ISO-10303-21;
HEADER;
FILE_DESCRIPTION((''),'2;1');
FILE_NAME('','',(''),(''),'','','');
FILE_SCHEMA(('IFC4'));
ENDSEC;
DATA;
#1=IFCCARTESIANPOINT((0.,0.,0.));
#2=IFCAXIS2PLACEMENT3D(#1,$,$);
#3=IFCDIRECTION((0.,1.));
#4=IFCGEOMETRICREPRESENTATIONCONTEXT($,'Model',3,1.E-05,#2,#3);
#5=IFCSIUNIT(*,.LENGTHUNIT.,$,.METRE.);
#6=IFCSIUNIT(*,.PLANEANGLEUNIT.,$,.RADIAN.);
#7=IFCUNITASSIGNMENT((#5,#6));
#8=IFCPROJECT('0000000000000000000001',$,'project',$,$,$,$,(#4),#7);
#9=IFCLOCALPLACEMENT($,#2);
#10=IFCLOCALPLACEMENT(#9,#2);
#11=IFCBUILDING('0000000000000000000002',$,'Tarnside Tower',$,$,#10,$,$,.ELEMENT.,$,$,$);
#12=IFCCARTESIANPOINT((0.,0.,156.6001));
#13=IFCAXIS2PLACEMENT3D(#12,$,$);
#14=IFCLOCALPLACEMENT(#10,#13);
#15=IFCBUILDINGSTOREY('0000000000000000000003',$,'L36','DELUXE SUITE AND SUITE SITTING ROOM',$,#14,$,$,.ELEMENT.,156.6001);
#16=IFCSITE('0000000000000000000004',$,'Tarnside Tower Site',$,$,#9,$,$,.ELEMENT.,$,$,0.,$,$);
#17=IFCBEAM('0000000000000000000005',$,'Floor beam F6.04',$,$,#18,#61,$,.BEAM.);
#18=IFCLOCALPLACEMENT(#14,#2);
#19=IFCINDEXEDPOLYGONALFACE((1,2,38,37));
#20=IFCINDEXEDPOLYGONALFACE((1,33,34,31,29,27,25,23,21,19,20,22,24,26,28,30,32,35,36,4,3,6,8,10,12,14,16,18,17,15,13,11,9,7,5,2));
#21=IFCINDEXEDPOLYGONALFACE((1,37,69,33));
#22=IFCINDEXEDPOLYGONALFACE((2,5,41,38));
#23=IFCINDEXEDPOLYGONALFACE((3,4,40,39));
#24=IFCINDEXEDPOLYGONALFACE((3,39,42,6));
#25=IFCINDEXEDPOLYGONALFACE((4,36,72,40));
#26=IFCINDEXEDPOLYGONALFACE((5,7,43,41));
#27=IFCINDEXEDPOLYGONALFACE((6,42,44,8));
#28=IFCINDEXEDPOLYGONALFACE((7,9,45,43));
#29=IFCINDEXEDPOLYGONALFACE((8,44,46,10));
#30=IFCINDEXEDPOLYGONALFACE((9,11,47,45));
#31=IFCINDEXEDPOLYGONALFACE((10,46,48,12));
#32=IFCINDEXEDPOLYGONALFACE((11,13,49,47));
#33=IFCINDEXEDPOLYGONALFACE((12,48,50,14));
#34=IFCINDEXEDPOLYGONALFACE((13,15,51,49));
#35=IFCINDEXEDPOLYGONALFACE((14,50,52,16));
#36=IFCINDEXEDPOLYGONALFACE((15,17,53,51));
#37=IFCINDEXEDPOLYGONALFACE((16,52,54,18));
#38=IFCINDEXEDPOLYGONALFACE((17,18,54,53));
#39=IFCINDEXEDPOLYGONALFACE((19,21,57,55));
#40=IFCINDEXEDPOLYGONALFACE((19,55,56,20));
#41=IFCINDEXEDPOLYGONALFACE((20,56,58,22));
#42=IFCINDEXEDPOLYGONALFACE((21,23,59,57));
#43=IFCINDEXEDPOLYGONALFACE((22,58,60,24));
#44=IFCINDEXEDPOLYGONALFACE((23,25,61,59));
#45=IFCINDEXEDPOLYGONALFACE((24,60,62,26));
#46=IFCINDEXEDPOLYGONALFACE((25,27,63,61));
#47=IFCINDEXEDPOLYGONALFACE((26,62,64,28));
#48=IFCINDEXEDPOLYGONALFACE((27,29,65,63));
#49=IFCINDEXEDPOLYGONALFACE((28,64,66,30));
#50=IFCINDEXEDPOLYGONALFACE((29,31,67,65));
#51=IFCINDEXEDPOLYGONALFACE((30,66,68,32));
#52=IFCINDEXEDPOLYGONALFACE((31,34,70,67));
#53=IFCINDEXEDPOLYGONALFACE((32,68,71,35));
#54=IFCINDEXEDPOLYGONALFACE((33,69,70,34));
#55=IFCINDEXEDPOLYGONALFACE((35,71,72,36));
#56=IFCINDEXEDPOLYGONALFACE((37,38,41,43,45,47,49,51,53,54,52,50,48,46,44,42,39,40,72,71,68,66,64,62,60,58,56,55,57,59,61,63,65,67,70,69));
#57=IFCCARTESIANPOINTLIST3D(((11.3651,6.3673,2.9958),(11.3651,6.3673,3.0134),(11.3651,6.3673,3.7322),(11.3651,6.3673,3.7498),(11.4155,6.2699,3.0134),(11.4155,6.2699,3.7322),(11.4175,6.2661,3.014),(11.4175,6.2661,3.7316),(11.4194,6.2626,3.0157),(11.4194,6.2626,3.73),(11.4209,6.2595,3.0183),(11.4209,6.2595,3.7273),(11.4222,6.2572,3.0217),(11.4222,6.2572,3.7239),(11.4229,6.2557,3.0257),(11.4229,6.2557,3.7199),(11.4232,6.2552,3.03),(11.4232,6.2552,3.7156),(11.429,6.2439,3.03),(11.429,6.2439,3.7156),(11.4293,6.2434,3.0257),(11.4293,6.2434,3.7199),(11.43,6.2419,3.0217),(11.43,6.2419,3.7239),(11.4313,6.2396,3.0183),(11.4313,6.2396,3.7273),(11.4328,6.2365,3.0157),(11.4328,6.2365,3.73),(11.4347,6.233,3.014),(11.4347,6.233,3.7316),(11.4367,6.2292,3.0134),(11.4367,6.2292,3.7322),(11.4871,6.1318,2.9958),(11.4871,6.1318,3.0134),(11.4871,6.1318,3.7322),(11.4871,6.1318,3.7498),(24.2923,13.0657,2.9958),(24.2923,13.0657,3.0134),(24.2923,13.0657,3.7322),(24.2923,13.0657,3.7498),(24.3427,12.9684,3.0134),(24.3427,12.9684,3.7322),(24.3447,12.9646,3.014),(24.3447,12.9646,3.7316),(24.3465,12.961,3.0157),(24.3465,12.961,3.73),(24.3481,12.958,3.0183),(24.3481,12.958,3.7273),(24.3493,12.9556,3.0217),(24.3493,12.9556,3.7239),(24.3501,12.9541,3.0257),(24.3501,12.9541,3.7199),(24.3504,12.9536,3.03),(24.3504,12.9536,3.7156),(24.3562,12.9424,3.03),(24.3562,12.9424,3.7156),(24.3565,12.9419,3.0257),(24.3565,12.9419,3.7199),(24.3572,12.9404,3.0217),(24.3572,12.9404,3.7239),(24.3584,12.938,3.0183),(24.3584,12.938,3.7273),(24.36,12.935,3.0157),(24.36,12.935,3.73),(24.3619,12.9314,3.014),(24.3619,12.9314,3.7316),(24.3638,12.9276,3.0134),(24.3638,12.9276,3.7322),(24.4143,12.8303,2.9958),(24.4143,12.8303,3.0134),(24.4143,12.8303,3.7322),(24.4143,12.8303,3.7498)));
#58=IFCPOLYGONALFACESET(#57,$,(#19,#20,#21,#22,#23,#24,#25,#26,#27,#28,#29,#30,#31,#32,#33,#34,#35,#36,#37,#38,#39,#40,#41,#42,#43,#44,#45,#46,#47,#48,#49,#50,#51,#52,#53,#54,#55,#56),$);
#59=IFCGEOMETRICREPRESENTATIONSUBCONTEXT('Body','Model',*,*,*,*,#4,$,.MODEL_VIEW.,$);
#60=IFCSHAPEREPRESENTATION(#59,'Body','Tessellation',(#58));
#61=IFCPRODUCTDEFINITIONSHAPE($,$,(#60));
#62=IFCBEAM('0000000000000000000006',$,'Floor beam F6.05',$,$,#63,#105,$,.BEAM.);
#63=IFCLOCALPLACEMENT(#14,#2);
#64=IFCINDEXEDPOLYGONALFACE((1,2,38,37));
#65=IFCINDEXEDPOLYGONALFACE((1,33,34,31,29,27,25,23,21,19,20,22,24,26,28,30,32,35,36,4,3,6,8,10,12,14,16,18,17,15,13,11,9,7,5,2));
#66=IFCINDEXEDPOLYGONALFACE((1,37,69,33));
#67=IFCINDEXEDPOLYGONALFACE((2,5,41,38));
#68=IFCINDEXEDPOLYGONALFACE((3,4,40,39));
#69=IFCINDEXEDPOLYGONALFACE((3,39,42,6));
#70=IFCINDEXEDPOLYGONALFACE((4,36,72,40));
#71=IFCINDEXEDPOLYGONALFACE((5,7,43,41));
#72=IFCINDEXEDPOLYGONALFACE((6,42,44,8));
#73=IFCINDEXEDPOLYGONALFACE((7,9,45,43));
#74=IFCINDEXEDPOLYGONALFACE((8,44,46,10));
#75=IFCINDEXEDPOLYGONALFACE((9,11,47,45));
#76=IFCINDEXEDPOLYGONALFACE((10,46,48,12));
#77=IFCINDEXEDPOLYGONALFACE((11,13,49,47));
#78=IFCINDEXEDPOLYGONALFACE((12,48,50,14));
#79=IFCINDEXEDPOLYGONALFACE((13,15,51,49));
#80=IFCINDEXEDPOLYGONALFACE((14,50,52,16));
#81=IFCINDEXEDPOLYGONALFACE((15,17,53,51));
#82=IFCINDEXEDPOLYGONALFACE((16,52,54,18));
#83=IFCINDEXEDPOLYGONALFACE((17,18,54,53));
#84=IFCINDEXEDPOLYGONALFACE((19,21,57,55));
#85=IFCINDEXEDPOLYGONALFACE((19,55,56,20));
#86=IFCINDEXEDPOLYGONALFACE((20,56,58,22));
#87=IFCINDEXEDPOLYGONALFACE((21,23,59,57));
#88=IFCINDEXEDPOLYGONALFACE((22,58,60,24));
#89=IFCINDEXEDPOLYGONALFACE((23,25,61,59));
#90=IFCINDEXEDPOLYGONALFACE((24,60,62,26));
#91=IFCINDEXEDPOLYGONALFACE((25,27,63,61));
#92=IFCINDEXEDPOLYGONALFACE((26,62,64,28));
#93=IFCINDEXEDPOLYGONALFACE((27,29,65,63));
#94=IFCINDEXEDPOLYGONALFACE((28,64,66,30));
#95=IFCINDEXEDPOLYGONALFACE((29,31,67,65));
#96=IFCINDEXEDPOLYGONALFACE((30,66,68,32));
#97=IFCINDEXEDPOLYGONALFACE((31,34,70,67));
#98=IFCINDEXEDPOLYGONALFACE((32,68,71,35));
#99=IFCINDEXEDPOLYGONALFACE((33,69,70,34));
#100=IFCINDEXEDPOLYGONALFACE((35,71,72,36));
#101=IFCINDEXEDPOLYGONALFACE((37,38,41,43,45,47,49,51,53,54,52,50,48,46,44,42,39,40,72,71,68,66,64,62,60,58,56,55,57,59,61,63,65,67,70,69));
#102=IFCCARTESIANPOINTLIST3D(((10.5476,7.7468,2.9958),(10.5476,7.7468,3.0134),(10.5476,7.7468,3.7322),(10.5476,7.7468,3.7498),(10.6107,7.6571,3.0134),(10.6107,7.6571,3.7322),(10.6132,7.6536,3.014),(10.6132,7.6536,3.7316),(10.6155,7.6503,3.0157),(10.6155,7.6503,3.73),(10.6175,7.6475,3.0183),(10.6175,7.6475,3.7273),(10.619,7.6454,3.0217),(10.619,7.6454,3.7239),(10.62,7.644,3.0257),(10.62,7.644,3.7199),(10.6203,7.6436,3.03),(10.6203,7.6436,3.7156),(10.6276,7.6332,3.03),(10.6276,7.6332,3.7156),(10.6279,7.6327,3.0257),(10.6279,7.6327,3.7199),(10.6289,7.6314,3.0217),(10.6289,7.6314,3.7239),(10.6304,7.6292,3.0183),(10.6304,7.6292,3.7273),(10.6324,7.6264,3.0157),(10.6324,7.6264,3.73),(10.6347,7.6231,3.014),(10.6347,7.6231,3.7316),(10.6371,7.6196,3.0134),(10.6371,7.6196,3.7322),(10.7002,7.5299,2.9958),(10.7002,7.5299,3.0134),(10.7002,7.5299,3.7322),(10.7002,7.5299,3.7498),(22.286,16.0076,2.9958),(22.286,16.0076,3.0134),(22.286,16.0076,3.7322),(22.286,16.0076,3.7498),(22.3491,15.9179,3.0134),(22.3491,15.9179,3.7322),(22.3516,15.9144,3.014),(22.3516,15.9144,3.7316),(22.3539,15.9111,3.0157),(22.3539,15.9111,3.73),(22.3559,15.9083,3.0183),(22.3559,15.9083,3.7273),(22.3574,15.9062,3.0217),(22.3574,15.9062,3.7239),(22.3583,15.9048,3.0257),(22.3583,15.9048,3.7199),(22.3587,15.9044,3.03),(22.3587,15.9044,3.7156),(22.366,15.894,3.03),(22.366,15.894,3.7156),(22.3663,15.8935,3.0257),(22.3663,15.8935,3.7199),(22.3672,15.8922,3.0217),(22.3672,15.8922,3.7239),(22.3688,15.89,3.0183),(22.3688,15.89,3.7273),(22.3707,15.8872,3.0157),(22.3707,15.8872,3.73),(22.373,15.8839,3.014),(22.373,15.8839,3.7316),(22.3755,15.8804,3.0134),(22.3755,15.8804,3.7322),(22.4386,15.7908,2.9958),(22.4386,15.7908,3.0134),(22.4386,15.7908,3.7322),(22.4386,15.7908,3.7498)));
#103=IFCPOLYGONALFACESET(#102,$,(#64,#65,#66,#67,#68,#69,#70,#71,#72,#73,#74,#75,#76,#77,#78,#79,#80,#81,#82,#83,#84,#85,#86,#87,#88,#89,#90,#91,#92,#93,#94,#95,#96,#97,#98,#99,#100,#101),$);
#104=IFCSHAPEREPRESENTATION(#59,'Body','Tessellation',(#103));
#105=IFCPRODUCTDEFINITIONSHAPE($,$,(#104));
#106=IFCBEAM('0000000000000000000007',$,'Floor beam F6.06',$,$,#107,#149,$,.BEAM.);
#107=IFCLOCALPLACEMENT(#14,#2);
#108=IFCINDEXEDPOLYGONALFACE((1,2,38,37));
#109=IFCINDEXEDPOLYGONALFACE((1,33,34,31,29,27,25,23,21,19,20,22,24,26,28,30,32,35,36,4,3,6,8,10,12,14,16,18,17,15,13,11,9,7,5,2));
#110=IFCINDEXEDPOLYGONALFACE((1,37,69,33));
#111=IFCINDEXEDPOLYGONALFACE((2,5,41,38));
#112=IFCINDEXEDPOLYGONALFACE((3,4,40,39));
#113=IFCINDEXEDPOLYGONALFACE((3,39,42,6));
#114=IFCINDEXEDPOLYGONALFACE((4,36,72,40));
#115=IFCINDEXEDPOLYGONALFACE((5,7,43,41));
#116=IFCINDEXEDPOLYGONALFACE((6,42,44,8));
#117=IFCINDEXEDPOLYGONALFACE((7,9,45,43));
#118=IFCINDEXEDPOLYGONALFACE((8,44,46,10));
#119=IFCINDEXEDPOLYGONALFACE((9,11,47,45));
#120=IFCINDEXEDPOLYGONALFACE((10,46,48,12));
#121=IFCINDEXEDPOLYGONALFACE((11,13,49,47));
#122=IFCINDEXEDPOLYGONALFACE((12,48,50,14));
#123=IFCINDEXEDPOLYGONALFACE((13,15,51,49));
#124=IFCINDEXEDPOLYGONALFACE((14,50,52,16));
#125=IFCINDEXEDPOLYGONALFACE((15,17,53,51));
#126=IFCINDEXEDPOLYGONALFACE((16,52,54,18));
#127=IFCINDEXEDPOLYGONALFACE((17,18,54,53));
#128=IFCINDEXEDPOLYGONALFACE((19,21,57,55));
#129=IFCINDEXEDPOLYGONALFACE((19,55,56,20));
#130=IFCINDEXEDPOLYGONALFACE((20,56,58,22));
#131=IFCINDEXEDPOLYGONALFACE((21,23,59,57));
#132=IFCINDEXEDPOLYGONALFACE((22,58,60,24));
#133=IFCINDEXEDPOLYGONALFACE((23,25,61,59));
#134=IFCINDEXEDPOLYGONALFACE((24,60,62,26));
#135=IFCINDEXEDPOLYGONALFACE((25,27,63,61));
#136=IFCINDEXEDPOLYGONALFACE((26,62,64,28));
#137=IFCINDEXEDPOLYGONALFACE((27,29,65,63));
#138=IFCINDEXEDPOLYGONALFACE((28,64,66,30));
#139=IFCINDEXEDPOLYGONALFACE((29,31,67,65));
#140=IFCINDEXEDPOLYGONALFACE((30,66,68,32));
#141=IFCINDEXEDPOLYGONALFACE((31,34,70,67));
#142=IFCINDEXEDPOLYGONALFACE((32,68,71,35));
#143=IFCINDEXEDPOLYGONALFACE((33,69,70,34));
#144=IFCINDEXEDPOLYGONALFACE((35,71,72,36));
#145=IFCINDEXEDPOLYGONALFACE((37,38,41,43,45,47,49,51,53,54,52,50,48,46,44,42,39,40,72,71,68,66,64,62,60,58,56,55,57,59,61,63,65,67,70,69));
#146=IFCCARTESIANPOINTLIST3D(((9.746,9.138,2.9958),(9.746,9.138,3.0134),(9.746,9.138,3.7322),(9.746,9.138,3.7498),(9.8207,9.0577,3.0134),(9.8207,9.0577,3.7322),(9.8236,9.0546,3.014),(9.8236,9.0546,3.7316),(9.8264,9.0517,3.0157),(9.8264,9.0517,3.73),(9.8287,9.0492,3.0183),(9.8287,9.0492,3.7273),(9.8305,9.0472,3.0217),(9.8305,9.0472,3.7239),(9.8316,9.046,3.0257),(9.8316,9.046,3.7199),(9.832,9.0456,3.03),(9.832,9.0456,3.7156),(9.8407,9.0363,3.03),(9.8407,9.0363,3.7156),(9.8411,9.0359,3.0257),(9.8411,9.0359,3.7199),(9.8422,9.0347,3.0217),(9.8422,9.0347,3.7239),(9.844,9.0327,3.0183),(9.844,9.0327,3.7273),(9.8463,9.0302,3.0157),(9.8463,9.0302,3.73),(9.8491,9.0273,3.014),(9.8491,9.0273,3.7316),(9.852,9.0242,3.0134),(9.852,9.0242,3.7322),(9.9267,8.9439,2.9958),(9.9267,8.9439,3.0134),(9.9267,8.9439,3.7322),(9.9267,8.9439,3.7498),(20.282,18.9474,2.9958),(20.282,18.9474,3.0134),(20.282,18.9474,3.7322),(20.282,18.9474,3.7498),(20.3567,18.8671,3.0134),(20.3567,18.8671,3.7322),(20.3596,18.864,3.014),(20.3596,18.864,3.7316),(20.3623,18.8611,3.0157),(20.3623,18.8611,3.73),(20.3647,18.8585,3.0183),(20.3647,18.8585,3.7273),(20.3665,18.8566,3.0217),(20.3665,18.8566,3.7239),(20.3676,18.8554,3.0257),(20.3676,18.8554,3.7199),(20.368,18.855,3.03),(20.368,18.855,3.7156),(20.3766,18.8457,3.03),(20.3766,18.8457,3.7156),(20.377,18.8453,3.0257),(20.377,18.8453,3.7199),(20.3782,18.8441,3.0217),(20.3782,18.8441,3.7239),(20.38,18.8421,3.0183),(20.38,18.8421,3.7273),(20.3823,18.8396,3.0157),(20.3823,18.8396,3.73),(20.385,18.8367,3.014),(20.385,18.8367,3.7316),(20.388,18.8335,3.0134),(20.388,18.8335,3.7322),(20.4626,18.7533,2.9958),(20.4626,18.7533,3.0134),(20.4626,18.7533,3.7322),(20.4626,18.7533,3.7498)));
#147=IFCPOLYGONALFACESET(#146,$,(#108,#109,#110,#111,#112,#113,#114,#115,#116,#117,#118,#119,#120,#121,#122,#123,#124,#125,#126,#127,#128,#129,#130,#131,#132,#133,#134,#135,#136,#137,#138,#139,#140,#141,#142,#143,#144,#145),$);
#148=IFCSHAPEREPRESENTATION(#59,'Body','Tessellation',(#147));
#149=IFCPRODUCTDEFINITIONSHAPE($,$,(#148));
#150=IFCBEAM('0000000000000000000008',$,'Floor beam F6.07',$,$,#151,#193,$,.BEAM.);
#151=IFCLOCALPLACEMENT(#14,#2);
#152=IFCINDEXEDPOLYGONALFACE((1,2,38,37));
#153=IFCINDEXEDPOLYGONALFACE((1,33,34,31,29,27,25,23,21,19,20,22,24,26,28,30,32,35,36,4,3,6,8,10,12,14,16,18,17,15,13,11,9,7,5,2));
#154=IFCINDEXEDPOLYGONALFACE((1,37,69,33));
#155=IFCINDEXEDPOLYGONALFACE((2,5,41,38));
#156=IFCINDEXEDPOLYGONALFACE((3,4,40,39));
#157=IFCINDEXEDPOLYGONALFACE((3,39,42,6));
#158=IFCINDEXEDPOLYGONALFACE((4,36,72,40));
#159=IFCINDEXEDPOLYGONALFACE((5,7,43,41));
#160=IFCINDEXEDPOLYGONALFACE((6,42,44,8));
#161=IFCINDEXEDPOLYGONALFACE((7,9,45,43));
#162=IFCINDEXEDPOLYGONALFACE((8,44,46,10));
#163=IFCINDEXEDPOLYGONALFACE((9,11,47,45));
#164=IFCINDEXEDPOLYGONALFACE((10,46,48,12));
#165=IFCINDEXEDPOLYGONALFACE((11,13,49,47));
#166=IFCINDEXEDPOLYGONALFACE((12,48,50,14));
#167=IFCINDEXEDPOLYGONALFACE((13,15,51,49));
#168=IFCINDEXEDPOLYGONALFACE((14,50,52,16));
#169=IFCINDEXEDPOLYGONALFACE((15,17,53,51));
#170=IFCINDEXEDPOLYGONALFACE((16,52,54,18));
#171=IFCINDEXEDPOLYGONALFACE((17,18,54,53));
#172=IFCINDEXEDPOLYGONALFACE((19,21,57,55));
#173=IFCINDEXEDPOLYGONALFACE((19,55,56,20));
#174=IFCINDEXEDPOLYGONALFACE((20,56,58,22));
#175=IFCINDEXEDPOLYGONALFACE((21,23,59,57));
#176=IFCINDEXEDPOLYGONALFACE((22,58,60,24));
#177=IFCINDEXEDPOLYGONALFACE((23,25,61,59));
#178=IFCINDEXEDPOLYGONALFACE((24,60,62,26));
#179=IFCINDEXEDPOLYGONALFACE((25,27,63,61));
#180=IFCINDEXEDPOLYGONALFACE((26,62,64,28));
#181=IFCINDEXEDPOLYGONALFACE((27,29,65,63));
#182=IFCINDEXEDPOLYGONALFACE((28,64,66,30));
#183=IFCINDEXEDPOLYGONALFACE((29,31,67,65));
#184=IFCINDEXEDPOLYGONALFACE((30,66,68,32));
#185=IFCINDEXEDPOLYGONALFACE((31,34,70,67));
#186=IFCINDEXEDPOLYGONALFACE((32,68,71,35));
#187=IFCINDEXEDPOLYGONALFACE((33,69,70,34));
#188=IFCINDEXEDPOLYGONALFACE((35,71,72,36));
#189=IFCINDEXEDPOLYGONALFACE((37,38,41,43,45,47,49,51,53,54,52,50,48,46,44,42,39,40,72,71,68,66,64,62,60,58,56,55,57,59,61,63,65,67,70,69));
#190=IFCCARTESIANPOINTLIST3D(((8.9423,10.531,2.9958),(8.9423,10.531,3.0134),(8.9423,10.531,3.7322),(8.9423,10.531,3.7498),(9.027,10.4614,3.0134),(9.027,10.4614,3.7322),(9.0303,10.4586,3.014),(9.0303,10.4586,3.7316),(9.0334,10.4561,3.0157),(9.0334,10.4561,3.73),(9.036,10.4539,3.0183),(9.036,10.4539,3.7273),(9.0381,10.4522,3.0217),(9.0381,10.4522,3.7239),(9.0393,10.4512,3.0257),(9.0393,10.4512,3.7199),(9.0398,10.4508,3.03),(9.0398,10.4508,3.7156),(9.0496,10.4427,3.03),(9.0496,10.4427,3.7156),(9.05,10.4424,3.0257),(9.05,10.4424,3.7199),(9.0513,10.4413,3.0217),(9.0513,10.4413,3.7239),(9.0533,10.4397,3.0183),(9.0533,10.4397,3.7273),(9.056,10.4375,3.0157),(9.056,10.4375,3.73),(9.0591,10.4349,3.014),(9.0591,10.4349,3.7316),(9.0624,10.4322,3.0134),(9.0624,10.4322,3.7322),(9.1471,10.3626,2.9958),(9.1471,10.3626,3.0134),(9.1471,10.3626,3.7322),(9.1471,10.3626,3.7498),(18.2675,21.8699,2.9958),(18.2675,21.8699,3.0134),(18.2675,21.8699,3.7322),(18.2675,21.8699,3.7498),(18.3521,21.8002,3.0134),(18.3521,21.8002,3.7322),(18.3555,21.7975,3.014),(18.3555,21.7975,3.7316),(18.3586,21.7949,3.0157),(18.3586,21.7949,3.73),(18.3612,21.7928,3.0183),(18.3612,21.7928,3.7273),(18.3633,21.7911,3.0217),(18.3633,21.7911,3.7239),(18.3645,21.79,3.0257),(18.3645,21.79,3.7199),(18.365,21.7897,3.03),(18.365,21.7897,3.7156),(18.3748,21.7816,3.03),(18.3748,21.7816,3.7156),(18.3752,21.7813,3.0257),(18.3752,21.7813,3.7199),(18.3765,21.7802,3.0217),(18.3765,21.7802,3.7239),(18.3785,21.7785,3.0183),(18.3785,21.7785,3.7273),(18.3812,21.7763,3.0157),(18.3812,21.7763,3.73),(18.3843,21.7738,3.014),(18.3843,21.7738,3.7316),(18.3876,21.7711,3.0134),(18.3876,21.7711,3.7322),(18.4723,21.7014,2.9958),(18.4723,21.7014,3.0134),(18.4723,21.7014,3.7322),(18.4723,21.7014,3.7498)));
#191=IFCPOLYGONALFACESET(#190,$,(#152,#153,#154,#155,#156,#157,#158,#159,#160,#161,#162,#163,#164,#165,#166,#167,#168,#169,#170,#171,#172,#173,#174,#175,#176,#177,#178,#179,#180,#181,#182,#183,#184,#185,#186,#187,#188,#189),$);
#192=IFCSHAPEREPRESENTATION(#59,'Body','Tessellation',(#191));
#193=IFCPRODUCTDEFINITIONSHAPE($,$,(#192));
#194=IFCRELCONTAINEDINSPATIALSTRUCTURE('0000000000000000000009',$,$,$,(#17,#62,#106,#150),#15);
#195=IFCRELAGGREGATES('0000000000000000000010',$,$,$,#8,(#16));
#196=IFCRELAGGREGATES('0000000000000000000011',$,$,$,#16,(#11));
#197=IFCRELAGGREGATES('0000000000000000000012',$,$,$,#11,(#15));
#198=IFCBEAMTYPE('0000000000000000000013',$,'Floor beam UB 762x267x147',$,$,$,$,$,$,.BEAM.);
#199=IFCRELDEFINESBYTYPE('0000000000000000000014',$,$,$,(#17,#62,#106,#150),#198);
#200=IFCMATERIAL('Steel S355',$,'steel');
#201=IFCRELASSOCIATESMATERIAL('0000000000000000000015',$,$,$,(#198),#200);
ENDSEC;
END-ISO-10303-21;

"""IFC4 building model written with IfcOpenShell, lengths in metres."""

from ifc_helpers import new_model, si_unit, direction, frame, origin, origin_2d, place, context, subcontext, project, spatial, i_section, extrude, material, material_profile, profile_set, type_object, element, save


model = new_model("IFC4")

# Units and contexts
model_context = context("Model", 3, precision=1e-05, world=origin(), true_north=direction((0.0, 1.0)))
body_context = subcontext(model_context, "Body", "Model", "MODEL_VIEW")
ifc_project = project(units=[si_unit("LENGTHUNIT", "METRE"), si_unit("PLANEANGLEUNIT", "RADIAN")], contexts=[model_context])

# Site, building, storey
site_placement = place(None, origin())
site = spatial("IfcSite", under=ifc_project, at=site_placement, Name="Tarnside Tower Site", CompositionType="ELEMENT", RefElevation=0.0)
building_placement = place(site_placement, origin())
building = spatial("IfcBuilding", under=site, at=building_placement, Name="Tarnside Tower", CompositionType="ELEMENT")
storey_placement = place(building_placement, frame((0.0, 0.0, 156.6001)))
storey = spatial("IfcBuildingStorey", under=building, at=storey_placement, Name="L36", Description="DELUXE SUITE AND SUITE SITTING ROOM", CompositionType="ELEMENT", Elevation=156.6001)

# Beams
ifc_material_1 = material(Name="Steel S355", Category="steel")
ifc_material_profile_1 = material_profile(ifc_material_1, i_section(OverallWidth=0.2651, OverallDepth=0.7539, WebThickness=0.0127, FlangeThickness=0.0176, FilletRadius=0.0166, at=origin_2d()), Name="UB 762x267x147")
ifc_profile_set_1 = profile_set([ifc_material_profile_1], Name="Steel S355")
beam_type_1 = type_object("IfcBeamType", Name="Floor beam UB 762x267x147", PredefinedType="BEAM", material=ifc_profile_set_1)
beam_1_placement = place(storey_placement, frame((24.3533, 12.948, 3.3728), z_axis=(-0.887882, -0.460072, 0.0), x_axis=(0.460072, -0.887882, 0.0)))
element("IfcBeam", 1, at=beam_1_placement, inside=storey, type_object=beam_type_1, Name="Floor beam F6.04", PredefinedType="BEAM", context=body_context, shape_type="SweptSolid", body=[
    extrude(i_section(OverallWidth=0.2651, OverallDepth=0.7539, WebThickness=0.0127, FlangeThickness=0.0176, FilletRadius=0.0166, at=origin_2d()), origin(), (0.0, 0.0, 1.0), 14.5596),
])
beam_2_placement = place(storey_placement, frame((22.3623, 15.8992, 3.3728), z_axis=(-0.817791, -0.575515, 0.0), x_axis=(0.575515, -0.817791, 0.0)))
element("IfcBeam", 2, at=beam_2_placement, inside=storey, type_object=beam_type_1, Name="Floor beam F6.05", PredefinedType="BEAM", context=body_context, shape_type="SweptSolid", body=[
    extrude(i_section(OverallWidth=0.2651, OverallDepth=0.7539, WebThickness=0.0127, FlangeThickness=0.0176, FilletRadius=0.0166, at=origin_2d()), origin(), (0.0, 0.0, 1.0), 14.3538),
])
beam_3_placement = place(storey_placement, frame((20.3723, 18.8503, 3.3728), z_axis=(-0.731892, -0.68142, 0.0), x_axis=(0.68142, -0.731892, 0.0)))
element("IfcBeam", 3, at=beam_3_placement, inside=storey, type_object=beam_type_1, Name="Floor beam F6.06", PredefinedType="BEAM", context=body_context, shape_type="SweptSolid", body=[
    extrude(i_section(OverallWidth=0.2651, OverallDepth=0.7539, WebThickness=0.0127, FlangeThickness=0.0176, FilletRadius=0.0166, at=origin_2d()), origin(), (0.0, 0.0, 1.0), 14.3955),
])
beam_4_placement = place(storey_placement, frame((18.3699, 21.7856, 3.3728), z_axis=(-0.635192, -0.772354, 0.0), x_axis=(0.772354, -0.635192, 0.0)))
element("IfcBeam", 4, at=beam_4_placement, inside=storey, type_object=beam_type_1, Name="Floor beam F6.07", PredefinedType="BEAM", context=body_context, shape_type="SweptSolid", body=[
    extrude(i_section(OverallWidth=0.2651, OverallDepth=0.7539, WebThickness=0.0127, FlangeThickness=0.0176, FilletRadius=0.0166, at=origin_2d()), origin(), (0.0, 0.0, 1.0), 14.6809),
])

save(model, "model.ifc")
